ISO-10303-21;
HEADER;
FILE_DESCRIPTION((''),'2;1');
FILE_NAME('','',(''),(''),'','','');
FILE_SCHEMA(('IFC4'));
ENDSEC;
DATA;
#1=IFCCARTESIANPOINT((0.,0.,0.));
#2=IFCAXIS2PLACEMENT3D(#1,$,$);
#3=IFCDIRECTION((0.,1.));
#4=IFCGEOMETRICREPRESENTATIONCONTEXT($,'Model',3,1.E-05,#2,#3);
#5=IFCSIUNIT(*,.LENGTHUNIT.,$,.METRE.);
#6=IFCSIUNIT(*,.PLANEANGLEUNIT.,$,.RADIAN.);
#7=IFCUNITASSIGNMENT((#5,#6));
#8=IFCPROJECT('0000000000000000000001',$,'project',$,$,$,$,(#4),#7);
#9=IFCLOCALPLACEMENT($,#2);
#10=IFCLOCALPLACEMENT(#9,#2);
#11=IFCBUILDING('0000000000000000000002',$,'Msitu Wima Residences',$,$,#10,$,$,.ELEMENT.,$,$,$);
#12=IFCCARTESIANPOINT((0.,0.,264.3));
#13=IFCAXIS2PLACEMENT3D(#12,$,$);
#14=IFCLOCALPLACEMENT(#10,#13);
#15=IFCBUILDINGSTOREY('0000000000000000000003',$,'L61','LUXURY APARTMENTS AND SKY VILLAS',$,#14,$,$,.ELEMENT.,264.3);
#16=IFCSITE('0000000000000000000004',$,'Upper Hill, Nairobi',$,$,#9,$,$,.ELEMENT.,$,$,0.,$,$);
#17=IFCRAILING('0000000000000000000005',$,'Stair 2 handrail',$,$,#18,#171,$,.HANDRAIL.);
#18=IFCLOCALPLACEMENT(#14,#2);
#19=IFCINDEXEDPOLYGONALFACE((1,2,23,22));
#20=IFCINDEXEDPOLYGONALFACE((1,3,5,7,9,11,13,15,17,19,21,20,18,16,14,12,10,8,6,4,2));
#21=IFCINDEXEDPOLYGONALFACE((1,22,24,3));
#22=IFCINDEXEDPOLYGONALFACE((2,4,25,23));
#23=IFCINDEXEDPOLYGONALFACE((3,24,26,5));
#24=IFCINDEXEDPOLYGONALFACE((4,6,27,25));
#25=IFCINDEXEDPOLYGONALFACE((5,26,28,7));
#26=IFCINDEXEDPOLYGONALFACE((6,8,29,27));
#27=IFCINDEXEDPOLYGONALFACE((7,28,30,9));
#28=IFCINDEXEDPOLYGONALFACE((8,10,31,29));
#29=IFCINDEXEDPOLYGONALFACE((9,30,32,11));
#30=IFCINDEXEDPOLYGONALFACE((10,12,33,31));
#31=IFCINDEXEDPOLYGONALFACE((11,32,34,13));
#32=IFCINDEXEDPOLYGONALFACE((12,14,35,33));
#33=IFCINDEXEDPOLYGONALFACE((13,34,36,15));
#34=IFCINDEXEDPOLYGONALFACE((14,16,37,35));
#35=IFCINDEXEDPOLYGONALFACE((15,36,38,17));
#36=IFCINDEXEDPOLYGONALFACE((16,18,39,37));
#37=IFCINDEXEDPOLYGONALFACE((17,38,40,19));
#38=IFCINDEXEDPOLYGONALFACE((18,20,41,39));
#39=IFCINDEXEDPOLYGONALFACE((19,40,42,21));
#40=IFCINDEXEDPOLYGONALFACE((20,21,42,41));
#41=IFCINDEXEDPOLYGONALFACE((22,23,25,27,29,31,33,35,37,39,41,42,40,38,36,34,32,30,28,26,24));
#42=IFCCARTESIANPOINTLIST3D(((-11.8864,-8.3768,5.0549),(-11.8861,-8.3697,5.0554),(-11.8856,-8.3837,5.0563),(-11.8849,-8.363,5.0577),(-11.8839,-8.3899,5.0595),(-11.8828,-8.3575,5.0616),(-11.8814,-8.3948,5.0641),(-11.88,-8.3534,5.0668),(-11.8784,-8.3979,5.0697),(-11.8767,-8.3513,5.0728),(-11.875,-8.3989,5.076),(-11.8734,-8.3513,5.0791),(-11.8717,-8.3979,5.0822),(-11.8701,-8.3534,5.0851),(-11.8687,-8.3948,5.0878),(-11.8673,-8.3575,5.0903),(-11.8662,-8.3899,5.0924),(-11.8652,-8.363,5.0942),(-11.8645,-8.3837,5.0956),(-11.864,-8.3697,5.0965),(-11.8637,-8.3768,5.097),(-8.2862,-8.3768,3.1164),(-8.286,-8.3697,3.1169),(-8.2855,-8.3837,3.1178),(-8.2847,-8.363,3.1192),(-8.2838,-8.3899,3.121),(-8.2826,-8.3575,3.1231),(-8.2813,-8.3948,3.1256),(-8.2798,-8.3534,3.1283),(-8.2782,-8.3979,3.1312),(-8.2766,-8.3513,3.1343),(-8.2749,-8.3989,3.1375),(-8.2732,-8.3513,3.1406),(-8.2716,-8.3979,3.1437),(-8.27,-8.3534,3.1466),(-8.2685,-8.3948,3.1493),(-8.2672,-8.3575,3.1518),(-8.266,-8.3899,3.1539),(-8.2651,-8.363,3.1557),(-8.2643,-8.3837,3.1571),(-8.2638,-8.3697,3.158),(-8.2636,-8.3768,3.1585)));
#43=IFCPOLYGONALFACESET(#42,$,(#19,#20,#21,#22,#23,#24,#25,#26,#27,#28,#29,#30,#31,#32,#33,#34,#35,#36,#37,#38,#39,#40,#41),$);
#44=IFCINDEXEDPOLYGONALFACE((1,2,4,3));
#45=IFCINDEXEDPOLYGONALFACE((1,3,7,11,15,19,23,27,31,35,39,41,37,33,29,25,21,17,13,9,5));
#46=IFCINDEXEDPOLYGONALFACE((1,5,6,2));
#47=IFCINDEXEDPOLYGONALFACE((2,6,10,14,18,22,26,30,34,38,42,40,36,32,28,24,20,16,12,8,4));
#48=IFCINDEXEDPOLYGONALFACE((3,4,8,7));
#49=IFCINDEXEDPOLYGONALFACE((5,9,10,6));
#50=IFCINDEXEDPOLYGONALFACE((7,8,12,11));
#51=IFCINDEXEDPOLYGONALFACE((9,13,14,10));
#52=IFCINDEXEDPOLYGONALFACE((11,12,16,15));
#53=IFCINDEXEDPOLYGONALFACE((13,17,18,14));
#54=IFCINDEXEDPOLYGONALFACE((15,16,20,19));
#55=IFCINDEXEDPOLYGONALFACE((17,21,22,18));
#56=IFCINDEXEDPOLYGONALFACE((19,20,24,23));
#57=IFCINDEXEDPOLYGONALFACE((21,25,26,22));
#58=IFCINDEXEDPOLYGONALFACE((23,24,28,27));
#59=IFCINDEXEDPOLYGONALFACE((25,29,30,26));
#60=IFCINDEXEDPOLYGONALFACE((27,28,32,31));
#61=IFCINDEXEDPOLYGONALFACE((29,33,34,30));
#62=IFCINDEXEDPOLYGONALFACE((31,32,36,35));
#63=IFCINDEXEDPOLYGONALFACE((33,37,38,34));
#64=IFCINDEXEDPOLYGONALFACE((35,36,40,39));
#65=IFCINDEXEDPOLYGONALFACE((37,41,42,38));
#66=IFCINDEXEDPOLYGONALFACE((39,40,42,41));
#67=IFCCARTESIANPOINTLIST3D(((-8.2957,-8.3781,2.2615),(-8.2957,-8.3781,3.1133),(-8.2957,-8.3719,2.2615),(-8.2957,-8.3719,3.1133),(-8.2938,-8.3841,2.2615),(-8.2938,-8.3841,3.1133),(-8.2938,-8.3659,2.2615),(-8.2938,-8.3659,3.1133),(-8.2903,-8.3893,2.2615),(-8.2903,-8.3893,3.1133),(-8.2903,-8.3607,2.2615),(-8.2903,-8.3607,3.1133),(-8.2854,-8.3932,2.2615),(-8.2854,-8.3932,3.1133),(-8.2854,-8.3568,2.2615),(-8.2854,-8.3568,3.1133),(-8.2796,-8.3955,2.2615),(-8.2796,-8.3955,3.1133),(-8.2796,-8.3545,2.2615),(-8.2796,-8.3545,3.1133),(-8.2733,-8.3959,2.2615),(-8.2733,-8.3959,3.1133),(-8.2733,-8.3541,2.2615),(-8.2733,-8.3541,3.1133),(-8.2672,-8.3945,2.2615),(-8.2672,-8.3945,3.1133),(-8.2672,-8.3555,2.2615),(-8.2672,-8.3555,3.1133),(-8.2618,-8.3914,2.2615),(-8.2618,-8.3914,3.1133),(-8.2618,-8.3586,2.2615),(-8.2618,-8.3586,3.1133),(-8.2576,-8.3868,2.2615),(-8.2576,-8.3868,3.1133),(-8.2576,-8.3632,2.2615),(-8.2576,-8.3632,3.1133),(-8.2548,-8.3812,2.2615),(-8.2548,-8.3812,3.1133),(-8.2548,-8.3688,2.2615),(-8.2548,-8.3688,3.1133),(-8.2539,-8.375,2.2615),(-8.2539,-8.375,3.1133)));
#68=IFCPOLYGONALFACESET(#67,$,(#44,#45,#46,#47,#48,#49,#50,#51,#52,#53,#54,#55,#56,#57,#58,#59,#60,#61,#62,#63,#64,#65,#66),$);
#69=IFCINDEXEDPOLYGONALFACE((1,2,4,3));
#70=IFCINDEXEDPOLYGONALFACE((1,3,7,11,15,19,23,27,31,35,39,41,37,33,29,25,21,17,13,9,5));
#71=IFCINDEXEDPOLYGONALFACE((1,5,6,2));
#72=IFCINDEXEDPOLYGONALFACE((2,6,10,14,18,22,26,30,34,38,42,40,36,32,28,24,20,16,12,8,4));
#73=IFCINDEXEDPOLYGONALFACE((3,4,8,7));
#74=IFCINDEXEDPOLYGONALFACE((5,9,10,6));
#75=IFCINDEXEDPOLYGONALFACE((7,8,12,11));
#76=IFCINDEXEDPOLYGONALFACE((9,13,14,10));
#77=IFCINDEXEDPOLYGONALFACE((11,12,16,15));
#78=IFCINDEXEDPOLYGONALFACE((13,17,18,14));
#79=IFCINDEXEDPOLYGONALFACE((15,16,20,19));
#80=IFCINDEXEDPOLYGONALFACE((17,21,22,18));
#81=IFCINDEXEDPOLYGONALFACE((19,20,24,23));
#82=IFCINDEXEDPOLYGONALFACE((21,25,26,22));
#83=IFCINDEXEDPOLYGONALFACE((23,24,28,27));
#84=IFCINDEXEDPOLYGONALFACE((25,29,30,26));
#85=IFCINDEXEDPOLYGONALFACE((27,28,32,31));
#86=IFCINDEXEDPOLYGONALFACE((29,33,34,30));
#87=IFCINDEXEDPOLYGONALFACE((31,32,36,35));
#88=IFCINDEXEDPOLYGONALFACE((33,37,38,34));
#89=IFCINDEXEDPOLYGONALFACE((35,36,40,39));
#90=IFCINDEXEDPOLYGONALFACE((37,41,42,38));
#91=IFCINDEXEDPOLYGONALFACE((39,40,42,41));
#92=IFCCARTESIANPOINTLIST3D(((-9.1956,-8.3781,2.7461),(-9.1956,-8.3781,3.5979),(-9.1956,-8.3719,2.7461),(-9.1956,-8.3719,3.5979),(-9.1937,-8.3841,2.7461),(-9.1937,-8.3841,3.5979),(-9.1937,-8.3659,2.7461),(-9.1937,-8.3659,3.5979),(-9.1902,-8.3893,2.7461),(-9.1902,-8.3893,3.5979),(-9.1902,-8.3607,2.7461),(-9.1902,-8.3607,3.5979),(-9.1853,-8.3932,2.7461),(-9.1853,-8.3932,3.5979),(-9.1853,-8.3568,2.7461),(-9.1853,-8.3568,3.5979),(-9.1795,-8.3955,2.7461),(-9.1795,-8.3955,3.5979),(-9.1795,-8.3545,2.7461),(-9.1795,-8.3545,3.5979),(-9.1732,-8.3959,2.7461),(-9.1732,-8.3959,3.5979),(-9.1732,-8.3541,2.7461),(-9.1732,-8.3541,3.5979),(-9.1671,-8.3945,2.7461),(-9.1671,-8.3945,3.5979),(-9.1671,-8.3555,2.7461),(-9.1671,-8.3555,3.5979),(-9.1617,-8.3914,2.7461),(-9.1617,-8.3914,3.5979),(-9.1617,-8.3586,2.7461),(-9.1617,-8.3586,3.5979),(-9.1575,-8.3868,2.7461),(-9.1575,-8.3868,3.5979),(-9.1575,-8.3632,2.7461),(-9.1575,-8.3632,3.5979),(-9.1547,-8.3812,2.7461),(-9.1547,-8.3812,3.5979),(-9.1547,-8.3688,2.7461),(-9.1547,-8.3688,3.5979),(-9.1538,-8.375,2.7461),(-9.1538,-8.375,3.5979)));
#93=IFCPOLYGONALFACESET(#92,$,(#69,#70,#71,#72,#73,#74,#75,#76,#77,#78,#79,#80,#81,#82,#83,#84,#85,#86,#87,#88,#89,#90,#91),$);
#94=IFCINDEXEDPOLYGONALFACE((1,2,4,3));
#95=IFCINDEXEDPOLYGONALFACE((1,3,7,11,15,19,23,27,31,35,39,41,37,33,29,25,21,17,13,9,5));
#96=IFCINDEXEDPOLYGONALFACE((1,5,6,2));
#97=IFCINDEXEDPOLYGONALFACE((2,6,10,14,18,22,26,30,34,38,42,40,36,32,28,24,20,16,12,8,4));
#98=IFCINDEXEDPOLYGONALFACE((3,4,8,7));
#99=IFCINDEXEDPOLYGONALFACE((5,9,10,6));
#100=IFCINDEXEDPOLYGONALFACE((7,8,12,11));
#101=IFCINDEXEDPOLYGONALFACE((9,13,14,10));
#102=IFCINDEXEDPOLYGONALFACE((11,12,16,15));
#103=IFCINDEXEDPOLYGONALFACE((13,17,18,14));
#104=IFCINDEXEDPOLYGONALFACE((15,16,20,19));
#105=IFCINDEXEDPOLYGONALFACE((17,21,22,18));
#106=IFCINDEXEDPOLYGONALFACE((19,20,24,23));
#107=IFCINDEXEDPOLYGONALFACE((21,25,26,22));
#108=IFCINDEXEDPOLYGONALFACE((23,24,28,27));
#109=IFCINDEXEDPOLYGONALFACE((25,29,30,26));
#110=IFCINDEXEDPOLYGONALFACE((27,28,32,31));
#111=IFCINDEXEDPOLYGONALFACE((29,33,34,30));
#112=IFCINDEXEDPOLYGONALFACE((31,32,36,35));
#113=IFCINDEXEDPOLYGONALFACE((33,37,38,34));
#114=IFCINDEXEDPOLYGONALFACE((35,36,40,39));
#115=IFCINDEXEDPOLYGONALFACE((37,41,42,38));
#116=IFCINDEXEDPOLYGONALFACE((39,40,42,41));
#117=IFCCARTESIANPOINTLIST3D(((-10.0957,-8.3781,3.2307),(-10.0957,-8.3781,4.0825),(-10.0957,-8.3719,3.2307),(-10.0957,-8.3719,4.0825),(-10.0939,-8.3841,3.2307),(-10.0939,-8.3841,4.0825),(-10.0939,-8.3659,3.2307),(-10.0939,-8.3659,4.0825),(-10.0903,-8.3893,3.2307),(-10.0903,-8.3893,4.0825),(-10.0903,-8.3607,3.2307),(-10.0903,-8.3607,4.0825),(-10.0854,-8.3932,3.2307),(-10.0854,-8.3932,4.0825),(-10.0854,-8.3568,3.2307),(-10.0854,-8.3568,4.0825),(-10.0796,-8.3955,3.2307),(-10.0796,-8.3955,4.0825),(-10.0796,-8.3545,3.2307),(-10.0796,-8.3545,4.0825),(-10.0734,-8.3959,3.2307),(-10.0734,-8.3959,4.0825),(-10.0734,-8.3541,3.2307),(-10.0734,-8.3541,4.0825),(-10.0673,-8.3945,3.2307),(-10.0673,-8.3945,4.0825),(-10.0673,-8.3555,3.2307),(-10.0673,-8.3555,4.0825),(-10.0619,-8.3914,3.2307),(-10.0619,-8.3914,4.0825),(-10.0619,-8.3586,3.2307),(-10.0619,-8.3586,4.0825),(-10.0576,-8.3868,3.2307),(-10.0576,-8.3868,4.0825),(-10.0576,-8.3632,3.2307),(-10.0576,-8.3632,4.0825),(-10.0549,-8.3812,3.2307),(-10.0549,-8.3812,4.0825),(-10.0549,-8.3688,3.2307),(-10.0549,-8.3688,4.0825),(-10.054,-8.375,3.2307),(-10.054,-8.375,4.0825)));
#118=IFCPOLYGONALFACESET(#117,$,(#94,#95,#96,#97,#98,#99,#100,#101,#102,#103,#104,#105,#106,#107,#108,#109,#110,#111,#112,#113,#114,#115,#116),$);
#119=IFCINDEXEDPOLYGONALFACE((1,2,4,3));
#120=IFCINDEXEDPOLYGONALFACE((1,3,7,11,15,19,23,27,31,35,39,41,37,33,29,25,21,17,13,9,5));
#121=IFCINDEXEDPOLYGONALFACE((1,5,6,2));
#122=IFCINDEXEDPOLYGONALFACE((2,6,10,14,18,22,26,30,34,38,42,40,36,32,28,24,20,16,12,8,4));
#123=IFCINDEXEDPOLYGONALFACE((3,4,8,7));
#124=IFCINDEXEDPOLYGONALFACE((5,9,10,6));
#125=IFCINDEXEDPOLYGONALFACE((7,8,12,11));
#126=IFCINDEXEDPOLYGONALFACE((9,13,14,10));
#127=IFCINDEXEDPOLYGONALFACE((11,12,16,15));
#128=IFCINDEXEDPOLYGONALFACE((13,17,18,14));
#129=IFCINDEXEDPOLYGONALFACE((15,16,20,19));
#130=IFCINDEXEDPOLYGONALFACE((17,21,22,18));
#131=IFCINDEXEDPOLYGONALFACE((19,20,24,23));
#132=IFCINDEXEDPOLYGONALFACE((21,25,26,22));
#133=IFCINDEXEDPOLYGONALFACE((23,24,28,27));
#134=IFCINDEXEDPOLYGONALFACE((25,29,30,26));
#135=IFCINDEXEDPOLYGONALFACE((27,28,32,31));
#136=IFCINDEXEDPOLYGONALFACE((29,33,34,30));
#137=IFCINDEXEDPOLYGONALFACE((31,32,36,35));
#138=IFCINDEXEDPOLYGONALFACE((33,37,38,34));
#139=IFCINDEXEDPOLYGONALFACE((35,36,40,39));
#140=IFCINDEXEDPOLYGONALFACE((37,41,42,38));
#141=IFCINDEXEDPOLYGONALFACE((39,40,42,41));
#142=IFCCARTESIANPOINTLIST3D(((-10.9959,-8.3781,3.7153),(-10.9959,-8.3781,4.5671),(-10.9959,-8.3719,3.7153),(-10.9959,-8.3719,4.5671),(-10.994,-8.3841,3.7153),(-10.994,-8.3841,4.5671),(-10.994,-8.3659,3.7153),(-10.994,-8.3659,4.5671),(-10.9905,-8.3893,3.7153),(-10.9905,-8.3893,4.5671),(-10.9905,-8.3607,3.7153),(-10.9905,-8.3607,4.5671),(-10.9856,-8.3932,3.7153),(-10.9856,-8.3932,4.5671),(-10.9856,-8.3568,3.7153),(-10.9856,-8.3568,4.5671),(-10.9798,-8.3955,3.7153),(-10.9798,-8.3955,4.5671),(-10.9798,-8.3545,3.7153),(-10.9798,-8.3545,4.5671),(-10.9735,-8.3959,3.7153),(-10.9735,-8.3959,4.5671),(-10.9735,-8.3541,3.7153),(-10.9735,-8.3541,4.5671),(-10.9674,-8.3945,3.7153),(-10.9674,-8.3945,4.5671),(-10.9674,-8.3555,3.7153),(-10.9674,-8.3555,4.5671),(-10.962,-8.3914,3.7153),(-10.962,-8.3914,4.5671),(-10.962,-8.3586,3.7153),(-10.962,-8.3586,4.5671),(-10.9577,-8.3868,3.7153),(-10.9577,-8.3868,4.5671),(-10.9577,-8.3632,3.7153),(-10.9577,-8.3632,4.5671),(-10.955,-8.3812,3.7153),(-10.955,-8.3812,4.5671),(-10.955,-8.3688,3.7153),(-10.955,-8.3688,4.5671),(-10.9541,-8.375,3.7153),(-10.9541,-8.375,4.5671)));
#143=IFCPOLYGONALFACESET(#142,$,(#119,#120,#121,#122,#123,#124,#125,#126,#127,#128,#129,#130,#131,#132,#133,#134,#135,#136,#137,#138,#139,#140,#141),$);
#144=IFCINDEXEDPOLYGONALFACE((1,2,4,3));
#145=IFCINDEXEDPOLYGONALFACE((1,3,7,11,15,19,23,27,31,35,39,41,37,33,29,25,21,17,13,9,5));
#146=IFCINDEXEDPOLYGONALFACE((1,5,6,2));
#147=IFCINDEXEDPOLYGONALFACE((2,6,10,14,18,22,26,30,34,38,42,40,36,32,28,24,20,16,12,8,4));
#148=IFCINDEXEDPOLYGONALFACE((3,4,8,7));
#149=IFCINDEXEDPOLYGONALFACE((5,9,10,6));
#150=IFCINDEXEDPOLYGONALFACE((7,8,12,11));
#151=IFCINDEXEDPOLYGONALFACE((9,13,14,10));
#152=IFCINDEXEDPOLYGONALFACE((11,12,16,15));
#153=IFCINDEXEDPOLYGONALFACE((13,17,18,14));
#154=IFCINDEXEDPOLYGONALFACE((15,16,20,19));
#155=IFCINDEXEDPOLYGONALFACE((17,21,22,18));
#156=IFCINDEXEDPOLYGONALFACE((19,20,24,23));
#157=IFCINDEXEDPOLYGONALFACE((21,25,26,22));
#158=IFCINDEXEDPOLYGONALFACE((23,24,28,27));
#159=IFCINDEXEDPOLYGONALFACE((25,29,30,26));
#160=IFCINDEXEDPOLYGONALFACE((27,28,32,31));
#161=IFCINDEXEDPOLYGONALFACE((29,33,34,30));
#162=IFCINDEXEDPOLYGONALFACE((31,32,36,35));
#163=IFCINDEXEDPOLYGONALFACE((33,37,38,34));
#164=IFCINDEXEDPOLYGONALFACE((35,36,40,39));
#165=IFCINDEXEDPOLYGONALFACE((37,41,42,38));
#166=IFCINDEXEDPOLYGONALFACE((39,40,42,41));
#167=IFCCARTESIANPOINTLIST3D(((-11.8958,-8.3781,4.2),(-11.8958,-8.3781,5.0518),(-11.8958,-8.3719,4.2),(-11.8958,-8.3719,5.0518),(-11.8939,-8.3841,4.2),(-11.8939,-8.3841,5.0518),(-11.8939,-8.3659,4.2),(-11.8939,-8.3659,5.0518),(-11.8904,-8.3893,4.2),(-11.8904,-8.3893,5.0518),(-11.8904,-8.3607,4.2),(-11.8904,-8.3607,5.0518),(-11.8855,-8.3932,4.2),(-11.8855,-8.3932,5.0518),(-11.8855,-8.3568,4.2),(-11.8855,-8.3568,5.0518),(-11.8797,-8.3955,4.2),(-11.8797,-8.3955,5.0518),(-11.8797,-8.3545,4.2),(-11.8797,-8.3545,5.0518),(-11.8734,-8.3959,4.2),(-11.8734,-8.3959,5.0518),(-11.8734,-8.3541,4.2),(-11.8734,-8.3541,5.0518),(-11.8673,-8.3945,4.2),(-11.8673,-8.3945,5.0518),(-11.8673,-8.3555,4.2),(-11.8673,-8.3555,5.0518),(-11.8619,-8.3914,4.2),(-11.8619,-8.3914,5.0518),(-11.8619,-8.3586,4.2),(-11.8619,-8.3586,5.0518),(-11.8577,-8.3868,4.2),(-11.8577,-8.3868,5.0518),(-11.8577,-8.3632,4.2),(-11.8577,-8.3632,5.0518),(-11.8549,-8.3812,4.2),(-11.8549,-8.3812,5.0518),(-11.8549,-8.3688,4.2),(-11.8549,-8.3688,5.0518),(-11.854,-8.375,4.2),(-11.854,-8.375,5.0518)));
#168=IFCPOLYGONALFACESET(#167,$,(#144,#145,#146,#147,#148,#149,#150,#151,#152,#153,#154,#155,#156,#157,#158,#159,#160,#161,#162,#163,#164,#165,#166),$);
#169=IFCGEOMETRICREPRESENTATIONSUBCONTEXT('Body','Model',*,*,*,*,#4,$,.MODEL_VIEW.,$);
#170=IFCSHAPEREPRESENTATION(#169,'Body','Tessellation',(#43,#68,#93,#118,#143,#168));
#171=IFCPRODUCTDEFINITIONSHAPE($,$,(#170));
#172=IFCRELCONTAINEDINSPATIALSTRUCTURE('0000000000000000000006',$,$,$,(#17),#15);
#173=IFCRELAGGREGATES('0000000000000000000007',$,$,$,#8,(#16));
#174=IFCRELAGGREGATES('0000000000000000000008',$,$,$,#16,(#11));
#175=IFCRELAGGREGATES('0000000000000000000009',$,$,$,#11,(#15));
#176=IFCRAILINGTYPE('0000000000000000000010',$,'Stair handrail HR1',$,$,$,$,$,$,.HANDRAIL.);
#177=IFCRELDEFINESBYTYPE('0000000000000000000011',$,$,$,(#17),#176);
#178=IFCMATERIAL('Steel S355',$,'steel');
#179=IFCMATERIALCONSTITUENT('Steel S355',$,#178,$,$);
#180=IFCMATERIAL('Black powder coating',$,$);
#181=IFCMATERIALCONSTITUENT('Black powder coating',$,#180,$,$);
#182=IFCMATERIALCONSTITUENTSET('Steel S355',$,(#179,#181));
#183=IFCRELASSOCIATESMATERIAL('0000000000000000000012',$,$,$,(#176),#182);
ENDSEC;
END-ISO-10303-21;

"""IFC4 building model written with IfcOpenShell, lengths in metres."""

from ifc_helpers import new_model, si_unit, direction, frame, origin, origin_2d, place, context, subcontext, project, spatial, circle, extrude, material, constituent, constituent_set, type_object, element, save


model = new_model("IFC4")

# Units and contexts
model_context = context("Model", 3, precision=1e-05, world=origin(), true_north=direction((0.0, 1.0)))
body_context = subcontext(model_context, "Body", "Model", "MODEL_VIEW")
ifc_project = project(units=[si_unit("LENGTHUNIT", "METRE"), si_unit("PLANEANGLEUNIT", "RADIAN")], contexts=[model_context])

# Site, building, storey
site_placement = place(None, origin())
site = spatial("IfcSite", under=ifc_project, at=site_placement, Name="Upper Hill, Nairobi", CompositionType="ELEMENT", RefElevation=0.0)
building_placement = place(site_placement, origin())
building = spatial("IfcBuilding", under=site, at=building_placement, Name="Msitu Wima Residences", CompositionType="ELEMENT")
storey_placement = place(building_placement, frame((0.0, 0.0, 264.3)))
storey = spatial("IfcBuildingStorey", under=building, at=storey_placement, Name="L61", Description="LUXURY APARTMENTS AND SKY VILLAS", CompositionType="ELEMENT", Elevation=264.3)

# Railing
ifc_material_1 = material(Name="Steel S355", Category="steel")
ifc_constituent_1 = constituent(ifc_material_1, Name="Steel S355")
ifc_material_2 = material(Name="Black powder coating")
ifc_constituent_2 = constituent(ifc_material_2, Name="Black powder coating")
ifc_constituent_set = constituent_set(constituents=[ifc_constituent_1, ifc_constituent_2], Name="Steel S355")
railing_type = type_object("IfcRailingType", Name="Stair handrail HR1", PredefinedType="HANDRAIL", material=ifc_constituent_set)
for number, where, name in (
    (1, (-8.2749, -8.375, 2.2615), "Stair 2 handrail"),
):
    element("IfcRailing", number, at=place(storey_placement, frame(where)), inside=storey, type_object=railing_type, Name=name, PredefinedType="HANDRAIL", context=body_context, shape_type="SweptSolid", body=[
        extrude(circle(Radius=0.0239, at=origin_2d()), frame((0.0, 0.0, 0.876), z_axis=(-0.880475, 0.0, 0.474093), x_axis=(0.0, -1.0, 0.0)), (0.0, 0.0, 1.0), 4.0889),
        extrude(circle(Radius=0.021, at=origin_2d()), origin(), (0.0, 0.0, 1.0), 0.8518),
        extrude(circle(Radius=0.021, at=origin_2d()), frame((-0.8999, 0.0, 0.4846)), (0.0, 0.0, 1.0), 0.8518),
        extrude(circle(Radius=0.021, at=origin_2d()), frame((-1.8, 0.0, 0.9692)), (0.0, 0.0, 1.0), 0.8518),
        extrude(circle(Radius=0.021, at=origin_2d()), frame((-2.7002, 0.0, 1.4539)), (0.0, 0.0, 1.0), 0.8518),
        extrude(circle(Radius=0.021, at=origin_2d()), frame((-3.6001, 0.0, 1.9385)), (0.0, 0.0, 1.0), 0.8518),
    ])

save(model, "model.ifc")
